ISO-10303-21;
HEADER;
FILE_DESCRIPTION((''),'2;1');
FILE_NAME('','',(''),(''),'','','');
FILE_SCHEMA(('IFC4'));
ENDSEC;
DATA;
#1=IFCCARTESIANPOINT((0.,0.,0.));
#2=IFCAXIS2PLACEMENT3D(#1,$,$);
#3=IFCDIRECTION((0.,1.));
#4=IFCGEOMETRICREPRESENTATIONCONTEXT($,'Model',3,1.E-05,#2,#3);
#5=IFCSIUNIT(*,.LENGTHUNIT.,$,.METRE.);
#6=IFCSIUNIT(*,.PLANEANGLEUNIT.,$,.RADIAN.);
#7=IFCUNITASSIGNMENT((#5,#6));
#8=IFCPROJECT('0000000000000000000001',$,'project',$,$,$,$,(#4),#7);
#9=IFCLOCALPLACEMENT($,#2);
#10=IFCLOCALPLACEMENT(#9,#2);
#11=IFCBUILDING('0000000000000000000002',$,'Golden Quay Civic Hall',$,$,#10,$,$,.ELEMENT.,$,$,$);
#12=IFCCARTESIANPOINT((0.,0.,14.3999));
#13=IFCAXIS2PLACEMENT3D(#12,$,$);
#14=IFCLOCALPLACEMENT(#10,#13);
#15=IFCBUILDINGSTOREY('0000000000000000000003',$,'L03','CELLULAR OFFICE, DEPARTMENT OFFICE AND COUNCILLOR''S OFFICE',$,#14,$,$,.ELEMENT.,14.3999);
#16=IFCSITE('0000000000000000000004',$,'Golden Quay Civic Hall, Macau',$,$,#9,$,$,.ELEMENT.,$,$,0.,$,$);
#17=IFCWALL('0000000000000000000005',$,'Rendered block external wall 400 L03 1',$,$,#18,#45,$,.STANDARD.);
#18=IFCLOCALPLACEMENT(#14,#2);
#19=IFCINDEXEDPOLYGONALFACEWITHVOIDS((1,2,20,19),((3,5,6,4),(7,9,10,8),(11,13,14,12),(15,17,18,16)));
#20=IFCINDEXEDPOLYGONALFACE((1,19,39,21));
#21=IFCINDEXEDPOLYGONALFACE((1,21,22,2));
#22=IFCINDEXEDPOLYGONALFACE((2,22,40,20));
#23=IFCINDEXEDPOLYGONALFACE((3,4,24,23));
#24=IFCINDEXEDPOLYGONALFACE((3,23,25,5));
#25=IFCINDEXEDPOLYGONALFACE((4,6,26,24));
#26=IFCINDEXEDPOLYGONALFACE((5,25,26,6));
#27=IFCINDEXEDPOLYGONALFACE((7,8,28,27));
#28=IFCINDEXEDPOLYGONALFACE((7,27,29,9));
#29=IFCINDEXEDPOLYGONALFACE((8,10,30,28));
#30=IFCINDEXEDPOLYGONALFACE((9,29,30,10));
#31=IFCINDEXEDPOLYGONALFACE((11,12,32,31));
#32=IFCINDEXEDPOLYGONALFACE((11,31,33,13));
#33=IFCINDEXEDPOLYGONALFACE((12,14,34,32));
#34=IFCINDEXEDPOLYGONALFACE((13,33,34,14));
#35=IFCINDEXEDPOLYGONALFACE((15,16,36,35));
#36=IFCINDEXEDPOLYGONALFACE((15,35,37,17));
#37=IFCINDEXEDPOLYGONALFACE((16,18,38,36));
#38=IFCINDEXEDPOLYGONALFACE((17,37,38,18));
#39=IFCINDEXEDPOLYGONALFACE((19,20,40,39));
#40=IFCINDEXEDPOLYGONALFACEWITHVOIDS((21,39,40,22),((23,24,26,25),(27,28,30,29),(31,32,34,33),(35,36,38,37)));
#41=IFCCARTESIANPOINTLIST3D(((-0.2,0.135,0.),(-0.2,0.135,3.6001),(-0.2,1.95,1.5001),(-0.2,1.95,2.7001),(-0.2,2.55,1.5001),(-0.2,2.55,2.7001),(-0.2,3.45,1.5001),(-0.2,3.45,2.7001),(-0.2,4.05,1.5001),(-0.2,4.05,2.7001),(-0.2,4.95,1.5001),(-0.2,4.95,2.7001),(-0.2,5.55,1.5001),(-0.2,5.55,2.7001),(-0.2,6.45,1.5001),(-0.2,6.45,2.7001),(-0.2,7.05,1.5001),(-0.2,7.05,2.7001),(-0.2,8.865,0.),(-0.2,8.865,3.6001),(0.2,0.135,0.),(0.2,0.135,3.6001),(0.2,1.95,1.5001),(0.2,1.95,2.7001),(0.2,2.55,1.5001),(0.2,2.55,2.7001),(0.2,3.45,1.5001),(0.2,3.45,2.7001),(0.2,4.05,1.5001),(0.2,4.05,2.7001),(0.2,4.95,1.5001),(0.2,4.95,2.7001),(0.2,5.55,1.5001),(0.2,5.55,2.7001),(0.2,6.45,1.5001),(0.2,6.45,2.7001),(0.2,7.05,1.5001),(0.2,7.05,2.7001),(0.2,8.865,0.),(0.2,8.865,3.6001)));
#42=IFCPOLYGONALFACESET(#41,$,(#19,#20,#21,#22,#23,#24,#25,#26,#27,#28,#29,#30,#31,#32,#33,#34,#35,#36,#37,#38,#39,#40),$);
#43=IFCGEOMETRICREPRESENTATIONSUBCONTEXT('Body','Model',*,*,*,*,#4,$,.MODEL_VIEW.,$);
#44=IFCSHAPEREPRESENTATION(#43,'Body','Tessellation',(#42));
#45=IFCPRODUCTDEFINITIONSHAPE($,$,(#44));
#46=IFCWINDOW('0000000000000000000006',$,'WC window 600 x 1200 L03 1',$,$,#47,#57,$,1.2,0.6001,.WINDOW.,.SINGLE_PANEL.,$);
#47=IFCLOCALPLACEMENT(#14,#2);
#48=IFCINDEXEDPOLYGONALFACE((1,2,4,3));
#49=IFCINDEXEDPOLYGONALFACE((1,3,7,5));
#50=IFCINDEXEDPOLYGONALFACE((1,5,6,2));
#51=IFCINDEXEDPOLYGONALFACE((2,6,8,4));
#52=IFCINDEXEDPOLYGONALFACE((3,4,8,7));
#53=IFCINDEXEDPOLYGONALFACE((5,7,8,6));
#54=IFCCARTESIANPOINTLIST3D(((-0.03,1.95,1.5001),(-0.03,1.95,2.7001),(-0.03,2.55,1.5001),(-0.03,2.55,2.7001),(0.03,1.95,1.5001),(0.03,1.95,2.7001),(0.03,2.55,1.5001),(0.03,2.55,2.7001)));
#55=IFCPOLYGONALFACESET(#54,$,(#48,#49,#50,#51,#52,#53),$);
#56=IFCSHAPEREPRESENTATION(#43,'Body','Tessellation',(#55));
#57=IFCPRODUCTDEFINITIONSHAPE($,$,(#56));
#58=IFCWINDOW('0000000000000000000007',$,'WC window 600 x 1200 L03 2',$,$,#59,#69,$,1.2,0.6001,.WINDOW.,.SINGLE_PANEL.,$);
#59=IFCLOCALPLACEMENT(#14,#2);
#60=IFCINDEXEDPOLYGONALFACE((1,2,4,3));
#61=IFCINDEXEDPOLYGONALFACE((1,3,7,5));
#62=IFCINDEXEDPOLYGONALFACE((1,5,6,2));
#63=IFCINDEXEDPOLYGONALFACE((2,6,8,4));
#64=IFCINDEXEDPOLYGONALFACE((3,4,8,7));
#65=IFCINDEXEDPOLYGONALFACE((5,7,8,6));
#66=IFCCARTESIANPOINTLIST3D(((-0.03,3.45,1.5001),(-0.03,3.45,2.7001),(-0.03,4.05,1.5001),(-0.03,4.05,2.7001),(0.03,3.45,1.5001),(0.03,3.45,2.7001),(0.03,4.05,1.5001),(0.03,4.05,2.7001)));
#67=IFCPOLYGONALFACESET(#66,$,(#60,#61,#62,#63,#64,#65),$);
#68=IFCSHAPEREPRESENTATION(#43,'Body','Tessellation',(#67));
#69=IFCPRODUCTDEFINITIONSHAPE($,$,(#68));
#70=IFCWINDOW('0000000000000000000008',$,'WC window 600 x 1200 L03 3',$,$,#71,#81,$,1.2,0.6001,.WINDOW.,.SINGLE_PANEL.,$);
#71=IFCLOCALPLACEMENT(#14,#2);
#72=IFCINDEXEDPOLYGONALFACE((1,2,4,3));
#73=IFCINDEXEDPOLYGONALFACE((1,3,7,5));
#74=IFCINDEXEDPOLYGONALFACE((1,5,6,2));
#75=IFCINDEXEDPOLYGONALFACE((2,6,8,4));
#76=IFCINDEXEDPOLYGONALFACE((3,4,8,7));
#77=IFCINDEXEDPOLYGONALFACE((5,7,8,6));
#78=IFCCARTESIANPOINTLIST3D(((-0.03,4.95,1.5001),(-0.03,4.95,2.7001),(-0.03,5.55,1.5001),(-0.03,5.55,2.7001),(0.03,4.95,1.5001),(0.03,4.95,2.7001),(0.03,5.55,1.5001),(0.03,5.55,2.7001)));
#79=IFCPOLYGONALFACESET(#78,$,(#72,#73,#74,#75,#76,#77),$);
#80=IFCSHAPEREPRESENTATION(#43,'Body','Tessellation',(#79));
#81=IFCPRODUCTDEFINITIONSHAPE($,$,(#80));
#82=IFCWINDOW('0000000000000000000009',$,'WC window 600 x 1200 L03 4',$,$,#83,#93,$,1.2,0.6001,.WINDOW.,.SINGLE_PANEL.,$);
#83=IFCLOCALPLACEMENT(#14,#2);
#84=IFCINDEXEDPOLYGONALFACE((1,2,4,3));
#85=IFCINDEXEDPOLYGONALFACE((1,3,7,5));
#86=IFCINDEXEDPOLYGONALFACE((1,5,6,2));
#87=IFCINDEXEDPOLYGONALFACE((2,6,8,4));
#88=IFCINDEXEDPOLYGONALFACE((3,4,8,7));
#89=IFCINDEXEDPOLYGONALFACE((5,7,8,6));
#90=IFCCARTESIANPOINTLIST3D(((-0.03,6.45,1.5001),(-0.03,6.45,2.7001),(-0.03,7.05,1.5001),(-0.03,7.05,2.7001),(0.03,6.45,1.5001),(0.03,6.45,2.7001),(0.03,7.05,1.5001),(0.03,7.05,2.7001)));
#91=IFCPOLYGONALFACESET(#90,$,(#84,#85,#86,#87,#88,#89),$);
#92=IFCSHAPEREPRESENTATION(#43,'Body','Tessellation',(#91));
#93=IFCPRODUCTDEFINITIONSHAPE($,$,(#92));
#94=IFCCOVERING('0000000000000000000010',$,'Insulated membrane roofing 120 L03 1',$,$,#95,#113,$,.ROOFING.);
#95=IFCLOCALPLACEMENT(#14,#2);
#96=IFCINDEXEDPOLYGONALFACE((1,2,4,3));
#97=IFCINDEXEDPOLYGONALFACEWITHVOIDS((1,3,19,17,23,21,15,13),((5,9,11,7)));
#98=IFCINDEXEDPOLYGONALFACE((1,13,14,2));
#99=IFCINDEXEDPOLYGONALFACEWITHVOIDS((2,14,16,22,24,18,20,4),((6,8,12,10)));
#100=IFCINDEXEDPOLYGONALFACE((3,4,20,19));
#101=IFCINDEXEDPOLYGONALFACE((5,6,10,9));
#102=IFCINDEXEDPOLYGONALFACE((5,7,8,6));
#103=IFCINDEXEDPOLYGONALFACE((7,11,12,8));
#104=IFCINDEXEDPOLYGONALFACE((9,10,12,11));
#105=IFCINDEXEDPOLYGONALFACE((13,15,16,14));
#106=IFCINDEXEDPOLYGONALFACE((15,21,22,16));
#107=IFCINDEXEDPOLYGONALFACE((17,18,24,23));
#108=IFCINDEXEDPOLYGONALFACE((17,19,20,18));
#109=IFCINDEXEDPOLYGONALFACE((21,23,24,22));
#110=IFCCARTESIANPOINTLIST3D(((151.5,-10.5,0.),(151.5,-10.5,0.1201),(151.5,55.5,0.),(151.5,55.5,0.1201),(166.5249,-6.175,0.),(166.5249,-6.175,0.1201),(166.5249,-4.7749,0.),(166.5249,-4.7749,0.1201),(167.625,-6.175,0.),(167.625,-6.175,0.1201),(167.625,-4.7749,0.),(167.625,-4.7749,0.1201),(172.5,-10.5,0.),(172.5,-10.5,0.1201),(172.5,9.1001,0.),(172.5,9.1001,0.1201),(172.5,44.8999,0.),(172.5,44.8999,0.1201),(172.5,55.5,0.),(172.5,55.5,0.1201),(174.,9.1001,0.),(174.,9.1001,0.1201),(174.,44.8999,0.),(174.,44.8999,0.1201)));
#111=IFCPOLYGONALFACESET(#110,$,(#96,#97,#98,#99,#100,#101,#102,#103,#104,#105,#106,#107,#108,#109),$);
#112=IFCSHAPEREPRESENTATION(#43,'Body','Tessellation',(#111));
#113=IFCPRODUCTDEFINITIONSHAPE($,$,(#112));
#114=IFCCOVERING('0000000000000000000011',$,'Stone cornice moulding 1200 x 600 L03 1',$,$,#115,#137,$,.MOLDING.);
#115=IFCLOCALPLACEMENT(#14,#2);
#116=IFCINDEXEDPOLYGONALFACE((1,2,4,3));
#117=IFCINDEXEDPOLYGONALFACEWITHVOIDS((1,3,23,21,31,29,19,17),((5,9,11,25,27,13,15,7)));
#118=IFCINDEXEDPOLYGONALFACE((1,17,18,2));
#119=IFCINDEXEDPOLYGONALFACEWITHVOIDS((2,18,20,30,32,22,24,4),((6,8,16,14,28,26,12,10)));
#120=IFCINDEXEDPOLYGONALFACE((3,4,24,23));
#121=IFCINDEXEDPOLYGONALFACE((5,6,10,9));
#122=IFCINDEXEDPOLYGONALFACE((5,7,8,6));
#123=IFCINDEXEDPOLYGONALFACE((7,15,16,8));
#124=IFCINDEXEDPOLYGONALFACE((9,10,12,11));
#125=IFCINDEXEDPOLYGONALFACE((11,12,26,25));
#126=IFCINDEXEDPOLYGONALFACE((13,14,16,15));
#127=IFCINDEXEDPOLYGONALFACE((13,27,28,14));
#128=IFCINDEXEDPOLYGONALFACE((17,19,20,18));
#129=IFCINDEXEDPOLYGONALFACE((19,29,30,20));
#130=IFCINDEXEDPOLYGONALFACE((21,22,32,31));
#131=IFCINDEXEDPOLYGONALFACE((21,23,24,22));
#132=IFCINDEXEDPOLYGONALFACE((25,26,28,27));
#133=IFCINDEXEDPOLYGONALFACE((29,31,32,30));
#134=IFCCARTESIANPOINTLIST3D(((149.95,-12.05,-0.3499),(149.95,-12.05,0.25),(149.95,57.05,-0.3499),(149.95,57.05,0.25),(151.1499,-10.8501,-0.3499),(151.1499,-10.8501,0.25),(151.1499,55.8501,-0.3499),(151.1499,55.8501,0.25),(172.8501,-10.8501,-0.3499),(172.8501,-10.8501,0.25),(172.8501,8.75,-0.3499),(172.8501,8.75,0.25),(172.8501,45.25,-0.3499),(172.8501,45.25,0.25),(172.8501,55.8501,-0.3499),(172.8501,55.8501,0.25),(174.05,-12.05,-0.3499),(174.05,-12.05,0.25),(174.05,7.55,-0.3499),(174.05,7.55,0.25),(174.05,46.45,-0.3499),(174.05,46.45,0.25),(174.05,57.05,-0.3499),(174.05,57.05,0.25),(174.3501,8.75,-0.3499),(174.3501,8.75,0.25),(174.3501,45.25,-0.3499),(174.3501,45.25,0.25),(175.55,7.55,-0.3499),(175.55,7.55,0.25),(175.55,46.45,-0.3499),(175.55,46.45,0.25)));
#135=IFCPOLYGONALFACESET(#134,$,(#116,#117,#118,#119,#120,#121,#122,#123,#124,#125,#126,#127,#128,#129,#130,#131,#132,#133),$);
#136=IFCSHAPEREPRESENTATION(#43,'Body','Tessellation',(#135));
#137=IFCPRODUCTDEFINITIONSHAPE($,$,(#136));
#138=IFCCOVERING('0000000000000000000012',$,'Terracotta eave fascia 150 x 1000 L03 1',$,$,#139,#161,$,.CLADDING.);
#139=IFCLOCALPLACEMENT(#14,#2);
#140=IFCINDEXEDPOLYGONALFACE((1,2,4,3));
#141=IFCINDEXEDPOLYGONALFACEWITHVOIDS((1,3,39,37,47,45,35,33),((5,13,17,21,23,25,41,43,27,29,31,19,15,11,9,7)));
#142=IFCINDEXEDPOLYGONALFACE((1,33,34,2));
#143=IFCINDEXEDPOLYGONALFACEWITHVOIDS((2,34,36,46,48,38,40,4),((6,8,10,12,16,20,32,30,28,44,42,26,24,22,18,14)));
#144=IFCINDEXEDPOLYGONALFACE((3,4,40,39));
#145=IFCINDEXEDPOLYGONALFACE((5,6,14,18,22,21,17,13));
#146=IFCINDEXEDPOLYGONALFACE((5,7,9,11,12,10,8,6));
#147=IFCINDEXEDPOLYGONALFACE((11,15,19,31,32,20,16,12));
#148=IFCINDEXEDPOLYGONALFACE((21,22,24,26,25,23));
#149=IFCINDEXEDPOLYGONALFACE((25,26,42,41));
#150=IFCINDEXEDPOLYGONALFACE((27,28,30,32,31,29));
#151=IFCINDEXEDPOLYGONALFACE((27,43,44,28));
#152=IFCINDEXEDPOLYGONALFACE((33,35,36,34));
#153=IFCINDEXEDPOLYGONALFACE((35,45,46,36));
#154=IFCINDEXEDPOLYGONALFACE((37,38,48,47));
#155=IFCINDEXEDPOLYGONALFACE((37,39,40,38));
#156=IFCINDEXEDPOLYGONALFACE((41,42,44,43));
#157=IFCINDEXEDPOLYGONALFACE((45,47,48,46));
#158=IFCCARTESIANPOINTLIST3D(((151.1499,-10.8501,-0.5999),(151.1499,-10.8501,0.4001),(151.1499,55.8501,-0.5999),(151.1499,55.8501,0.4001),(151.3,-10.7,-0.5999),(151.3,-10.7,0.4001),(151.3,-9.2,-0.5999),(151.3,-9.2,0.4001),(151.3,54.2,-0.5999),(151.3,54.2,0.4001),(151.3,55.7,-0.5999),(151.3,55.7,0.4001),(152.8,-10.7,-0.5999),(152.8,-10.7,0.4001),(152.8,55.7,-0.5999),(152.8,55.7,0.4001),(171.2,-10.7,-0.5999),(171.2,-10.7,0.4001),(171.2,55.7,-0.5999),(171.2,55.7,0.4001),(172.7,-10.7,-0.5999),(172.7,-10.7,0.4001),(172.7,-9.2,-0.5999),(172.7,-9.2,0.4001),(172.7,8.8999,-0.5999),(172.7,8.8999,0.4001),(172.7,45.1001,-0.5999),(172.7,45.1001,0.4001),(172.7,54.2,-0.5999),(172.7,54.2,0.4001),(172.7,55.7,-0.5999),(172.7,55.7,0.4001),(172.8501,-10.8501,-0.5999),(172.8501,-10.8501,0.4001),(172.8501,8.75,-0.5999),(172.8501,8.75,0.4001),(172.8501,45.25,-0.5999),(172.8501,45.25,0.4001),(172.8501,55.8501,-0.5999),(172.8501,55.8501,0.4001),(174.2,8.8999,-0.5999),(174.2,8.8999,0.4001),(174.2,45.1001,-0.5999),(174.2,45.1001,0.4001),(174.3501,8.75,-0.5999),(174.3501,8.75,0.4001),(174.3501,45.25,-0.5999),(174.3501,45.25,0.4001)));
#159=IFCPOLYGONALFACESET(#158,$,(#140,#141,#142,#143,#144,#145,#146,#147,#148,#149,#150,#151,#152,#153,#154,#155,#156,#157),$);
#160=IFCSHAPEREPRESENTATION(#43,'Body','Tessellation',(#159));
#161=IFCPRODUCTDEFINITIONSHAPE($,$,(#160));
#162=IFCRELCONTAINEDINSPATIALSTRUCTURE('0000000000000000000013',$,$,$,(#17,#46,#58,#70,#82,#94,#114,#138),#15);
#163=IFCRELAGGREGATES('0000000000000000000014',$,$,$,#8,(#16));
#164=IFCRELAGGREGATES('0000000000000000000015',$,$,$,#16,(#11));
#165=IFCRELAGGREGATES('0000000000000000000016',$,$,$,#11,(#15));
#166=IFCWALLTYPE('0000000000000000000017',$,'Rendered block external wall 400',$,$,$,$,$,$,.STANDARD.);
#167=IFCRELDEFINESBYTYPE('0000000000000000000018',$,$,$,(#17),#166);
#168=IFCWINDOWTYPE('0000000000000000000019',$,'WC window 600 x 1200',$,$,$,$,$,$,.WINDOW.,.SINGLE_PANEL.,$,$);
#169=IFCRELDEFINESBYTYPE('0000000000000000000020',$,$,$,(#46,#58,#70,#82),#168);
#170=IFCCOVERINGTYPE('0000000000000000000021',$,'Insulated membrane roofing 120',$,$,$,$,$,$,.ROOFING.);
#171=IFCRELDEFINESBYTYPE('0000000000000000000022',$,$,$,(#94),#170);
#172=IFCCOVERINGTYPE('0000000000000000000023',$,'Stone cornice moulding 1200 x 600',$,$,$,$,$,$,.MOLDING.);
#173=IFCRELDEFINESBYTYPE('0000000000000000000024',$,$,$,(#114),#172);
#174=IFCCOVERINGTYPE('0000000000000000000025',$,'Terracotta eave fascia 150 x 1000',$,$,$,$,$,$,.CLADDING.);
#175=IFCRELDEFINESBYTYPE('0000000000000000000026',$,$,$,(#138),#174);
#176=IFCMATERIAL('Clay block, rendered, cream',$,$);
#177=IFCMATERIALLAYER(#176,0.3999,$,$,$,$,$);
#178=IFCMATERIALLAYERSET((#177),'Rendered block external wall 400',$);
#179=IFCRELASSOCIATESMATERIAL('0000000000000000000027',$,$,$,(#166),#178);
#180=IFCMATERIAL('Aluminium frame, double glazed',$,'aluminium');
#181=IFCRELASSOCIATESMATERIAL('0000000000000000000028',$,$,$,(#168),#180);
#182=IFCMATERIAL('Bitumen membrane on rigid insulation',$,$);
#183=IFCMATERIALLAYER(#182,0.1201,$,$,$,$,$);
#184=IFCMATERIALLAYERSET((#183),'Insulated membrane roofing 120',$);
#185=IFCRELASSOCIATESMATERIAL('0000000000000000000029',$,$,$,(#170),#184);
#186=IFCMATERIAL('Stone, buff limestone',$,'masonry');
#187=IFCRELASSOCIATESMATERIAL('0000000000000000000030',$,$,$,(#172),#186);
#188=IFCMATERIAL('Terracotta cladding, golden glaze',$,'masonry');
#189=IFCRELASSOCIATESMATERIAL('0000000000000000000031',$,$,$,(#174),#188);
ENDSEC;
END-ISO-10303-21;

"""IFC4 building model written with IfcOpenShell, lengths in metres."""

from ifc_helpers import new_model, si_unit, direction, frame, frame_2d, origin, place, context, subcontext, project, spatial, polyline, rectangle, outline, extrude, material, layer, layer_set, type_object, element, fill, save


model = new_model("IFC4")

# Units and contexts
model_context = context("Model", 3, precision=1e-05, world=origin(), true_north=direction((0.0, 1.0)))
body_context = subcontext(model_context, "Body", "Model", "MODEL_VIEW")
ifc_project = project(units=[si_unit("LENGTHUNIT", "METRE"), si_unit("PLANEANGLEUNIT", "RADIAN")], contexts=[model_context])

# Site, building, storey
site_placement = place(None, origin())
site = spatial("IfcSite", under=ifc_project, at=site_placement, Name="Golden Quay Civic Hall, Macau", CompositionType="ELEMENT", RefElevation=0.0)
building_placement = place(site_placement, origin())
building = spatial("IfcBuilding", under=site, at=building_placement, Name="Golden Quay Civic Hall", CompositionType="ELEMENT")
storey_placement = place(building_placement, frame((0.0, 0.0, 14.3999)))
storey = spatial("IfcBuildingStorey", under=building, at=storey_placement, Name="L03", Description="CELLULAR OFFICE, DEPARTMENT OFFICE AND COUNCILLOR'S OFFICE", CompositionType="ELEMENT", Elevation=14.3999)

# Wall, openings, windows
ifc_material_1 = material(Name="Clay block, rendered, cream")
ifc_layer_1 = layer(ifc_material_1, 0.3999)
ifc_layer_set_1 = layer_set([ifc_layer_1], Name="Rendered block external wall 400")
wall_type = type_object("IfcWallType", Name="Rendered block external wall 400", PredefinedType="STANDARD", material=ifc_layer_set_1)
wall_placement = place(storey_placement, frame((0.0, 0.135, 0.0), z_axis=(0.0, 0.0, 1.0), x_axis=(0.0, 1.0, 0.0)))
wall = element("IfcWall", 1, at=wall_placement, inside=storey, type_object=wall_type, Name="Rendered block external wall 400 L03 1", PredefinedType="STANDARD", context=body_context, shape_type="SweptSolid", body=[
    extrude(rectangle(XDim=8.73, YDim=0.3999, at=frame_2d((4.365, 0.0))), origin(), (0.0, 0.0, 1.0), 3.6001),
])
opening_1_placement = place(wall_placement, frame((1.8149, 0.0, 1.5)))
opening_1 = element("IfcOpeningElement", 2, at=opening_1_placement, cuts=wall, PredefinedType="OPENING", context=body_context, shape_type="SweptSolid", body=[
    extrude(rectangle(XDim=0.6001, YDim=1.2, at=frame_2d((0.3, 0.6001))), frame((0.0, 0.21, 0.0), z_axis=(0.0, -1.0, 0.0), x_axis=(1.0, 0.0, 0.0)), (0.0, 0.0, 1.0), 0.4199),
])
opening_2_placement = place(wall_placement, frame((3.3149, 0.0, 1.5)))
opening_2 = element("IfcOpeningElement", 3, at=opening_2_placement, cuts=wall, PredefinedType="OPENING", context=body_context, shape_type="SweptSolid", body=[
    extrude(rectangle(XDim=0.6001, YDim=1.2, at=frame_2d((0.3, 0.6001))), frame((0.0, 0.21, 0.0), z_axis=(0.0, -1.0, 0.0), x_axis=(1.0, 0.0, 0.0)), (0.0, 0.0, 1.0), 0.4199),
])
opening_3_placement = place(wall_placement, frame((4.8149, 0.0, 1.5)))
opening_3 = element("IfcOpeningElement", 4, at=opening_3_placement, cuts=wall, PredefinedType="OPENING", context=body_context, shape_type="SweptSolid", body=[
    extrude(rectangle(XDim=0.6001, YDim=1.2, at=frame_2d((0.3, 0.6001))), frame((0.0, 0.21, 0.0), z_axis=(0.0, -1.0, 0.0), x_axis=(1.0, 0.0, 0.0)), (0.0, 0.0, 1.0), 0.4199),
])
opening_4_placement = place(wall_placement, frame((6.3149, 0.0, 1.5)))
opening_4 = element("IfcOpeningElement", 5, at=opening_4_placement, cuts=wall, PredefinedType="OPENING", context=body_context, shape_type="SweptSolid", body=[
    extrude(rectangle(XDim=0.6001, YDim=1.2, at=frame_2d((0.3, 0.6001))), frame((0.0, 0.21, 0.0), z_axis=(0.0, -1.0, 0.0), x_axis=(1.0, 0.0, 0.0)), (0.0, 0.0, 1.0), 0.4199),
])
ifc_material_2 = material(Name="Aluminium frame, double glazed", Category="aluminium")
window_type = type_object("IfcWindowType", Name="WC window 600 x 1200", PartitioningType="SINGLE_PANEL", PredefinedType="WINDOW", material=ifc_material_2)
window_1_placement = place(opening_1_placement, origin())
window_1 = element("IfcWindow", 6, at=window_1_placement, inside=storey, type_object=window_type, Name="WC window 600 x 1200 L03 1", OverallHeight=1.2, OverallWidth=0.6001, PartitioningType="SINGLE_PANEL", PredefinedType="WINDOW", context=body_context, shape_type="SweptSolid", body=[
    extrude(rectangle(XDim=0.6001, YDim=1.2, at=frame_2d((0.3, 0.6001))), frame((0.0, 0.03, 0.0), z_axis=(0.0, -1.0, 0.0), x_axis=(1.0, 0.0, 0.0)), (0.0, 0.0, 1.0), 0.0601),
])
fill(opening_1, window_1)
window_2_placement = place(opening_2_placement, origin())
window_2 = element("IfcWindow", 7, at=window_2_placement, inside=storey, type_object=window_type, Name="WC window 600 x 1200 L03 2", OverallHeight=1.2, OverallWidth=0.6001, PartitioningType="SINGLE_PANEL", PredefinedType="WINDOW", context=body_context, shape_type="SweptSolid", body=[
    extrude(rectangle(XDim=0.6001, YDim=1.2, at=frame_2d((0.3, 0.6001))), frame((0.0, 0.03, 0.0), z_axis=(0.0, -1.0, 0.0), x_axis=(1.0, 0.0, 0.0)), (0.0, 0.0, 1.0), 0.0601),
])
fill(opening_2, window_2)
window_3_placement = place(opening_3_placement, origin())
window_3 = element("IfcWindow", 8, at=window_3_placement, inside=storey, type_object=window_type, Name="WC window 600 x 1200 L03 3", OverallHeight=1.2, OverallWidth=0.6001, PartitioningType="SINGLE_PANEL", PredefinedType="WINDOW", context=body_context, shape_type="SweptSolid", body=[
    extrude(rectangle(XDim=0.6001, YDim=1.2, at=frame_2d((0.3, 0.6001))), frame((0.0, 0.03, 0.0), z_axis=(0.0, -1.0, 0.0), x_axis=(1.0, 0.0, 0.0)), (0.0, 0.0, 1.0), 0.0601),
])
fill(opening_3, window_3)
window_4_placement = place(opening_4_placement, origin())
window_4 = element("IfcWindow", 9, at=window_4_placement, inside=storey, type_object=window_type, Name="WC window 600 x 1200 L03 4", OverallHeight=1.2, OverallWidth=0.6001, PartitioningType="SINGLE_PANEL", PredefinedType="WINDOW", context=body_context, shape_type="SweptSolid", body=[
    extrude(rectangle(XDim=0.6001, YDim=1.2, at=frame_2d((0.3, 0.6001))), frame((0.0, 0.03, 0.0), z_axis=(0.0, -1.0, 0.0), x_axis=(1.0, 0.0, 0.0)), (0.0, 0.0, 1.0), 0.0601),
])
fill(opening_4, window_4)

# Coverings
ifc_material_3 = material(Name="Bitumen membrane on rigid insulation")
ifc_layer_2 = layer(ifc_material_3, 0.1201)
ifc_layer_set_2 = layer_set([ifc_layer_2], Name="Insulated membrane roofing 120")
covering_type_1 = type_object("IfcCoveringType", Name="Insulated membrane roofing 120", PredefinedType="ROOFING", material=ifc_layer_set_2)
covering_1_placement = place(storey_placement, origin())
element("IfcCovering", 10, at=covering_1_placement, inside=storey, type_object=covering_type_1, Name="Insulated membrane roofing 120 L03 1", PredefinedType="ROOFING", context=body_context, shape_type="SweptSolid", body=[
    extrude(outline(polyline([(151.5, -10.5), (151.5, 55.5), (172.5, 55.5), (172.5, 44.8999), (174.0, 44.8999), (174.0, 9.1001), (172.5, 9.1001), (172.5, -10.5), (151.5, -10.5)]), holes=[polyline([(167.625, -4.7749), (166.5249, -4.7749), (166.5249, -6.175), (167.625, -6.175), (167.625, -4.7749)])]), origin(), (0.0, 0.0, 1.0), 0.1201),
])
ifc_material_4 = material(Name="Stone, buff limestone", Category="masonry")
covering_type_2 = type_object("IfcCoveringType", Name="Stone cornice moulding 1200 x 600", PredefinedType="MOLDING", material=ifc_material_4)
covering_2_placement = place(storey_placement, frame((0.0, 0.0, -0.3499)))
element("IfcCovering", 11, at=covering_2_placement, inside=storey, type_object=covering_type_2, Name="Stone cornice moulding 1200 x 600 L03 1", PredefinedType="MOLDING", context=body_context, shape_type="SweptSolid", body=[
    extrude(outline(polyline([(149.95, -12.05), (149.95, 57.05), (174.05, 57.05), (174.05, 46.45), (175.55, 46.45), (175.55, 7.55), (174.05, 7.55), (174.05, -12.05), (149.95, -12.05)]), holes=[polyline([(172.8501, 8.75), (174.3501, 8.75), (174.3501, 45.25), (172.8501, 45.25), (172.8501, 55.8501), (151.1499, 55.8501), (151.1499, -10.8501), (172.8501, -10.8501), (172.8501, 8.75)])]), origin(), (0.0, 0.0, 1.0), 0.5999),
])
ifc_material_5 = material(Name="Terracotta cladding, golden glaze", Category="masonry")
covering_type_3 = type_object("IfcCoveringType", Name="Terracotta eave fascia 150 x 1000", PredefinedType="CLADDING", material=ifc_material_5)
covering_3_placement = place(storey_placement, frame((0.0, 0.0, -0.5999)))
element("IfcCovering", 12, at=covering_3_placement, inside=storey, type_object=covering_type_3, Name="Terracotta eave fascia 150 x 1000 L03 1", PredefinedType="CLADDING", context=body_context, shape_type="SweptSolid", body=[
    extrude(outline(polyline([(151.1499, -10.8501), (151.1499, 55.8501), (172.8501, 55.8501), (172.8501, 45.25), (174.3501, 45.25), (174.3501, 8.75), (172.8501, 8.75), (172.8501, -10.8501), (151.1499, -10.8501)]), holes=[polyline([(172.7, -9.2), (172.7, 8.8999), (174.2, 8.8999), (174.2, 45.1001), (172.7, 45.1001), (172.7, 54.2), (172.7, 55.7), (171.2, 55.7), (152.8, 55.7), (151.3, 55.7), (151.3, 54.2), (151.3, -9.2), (151.3, -10.7), (152.8, -10.7), (171.2, -10.7), (172.7, -10.7), (172.7, -9.2)])]), origin(), (0.0, 0.0, 1.0), 1.0),
])

save(model, "model.ifc")
